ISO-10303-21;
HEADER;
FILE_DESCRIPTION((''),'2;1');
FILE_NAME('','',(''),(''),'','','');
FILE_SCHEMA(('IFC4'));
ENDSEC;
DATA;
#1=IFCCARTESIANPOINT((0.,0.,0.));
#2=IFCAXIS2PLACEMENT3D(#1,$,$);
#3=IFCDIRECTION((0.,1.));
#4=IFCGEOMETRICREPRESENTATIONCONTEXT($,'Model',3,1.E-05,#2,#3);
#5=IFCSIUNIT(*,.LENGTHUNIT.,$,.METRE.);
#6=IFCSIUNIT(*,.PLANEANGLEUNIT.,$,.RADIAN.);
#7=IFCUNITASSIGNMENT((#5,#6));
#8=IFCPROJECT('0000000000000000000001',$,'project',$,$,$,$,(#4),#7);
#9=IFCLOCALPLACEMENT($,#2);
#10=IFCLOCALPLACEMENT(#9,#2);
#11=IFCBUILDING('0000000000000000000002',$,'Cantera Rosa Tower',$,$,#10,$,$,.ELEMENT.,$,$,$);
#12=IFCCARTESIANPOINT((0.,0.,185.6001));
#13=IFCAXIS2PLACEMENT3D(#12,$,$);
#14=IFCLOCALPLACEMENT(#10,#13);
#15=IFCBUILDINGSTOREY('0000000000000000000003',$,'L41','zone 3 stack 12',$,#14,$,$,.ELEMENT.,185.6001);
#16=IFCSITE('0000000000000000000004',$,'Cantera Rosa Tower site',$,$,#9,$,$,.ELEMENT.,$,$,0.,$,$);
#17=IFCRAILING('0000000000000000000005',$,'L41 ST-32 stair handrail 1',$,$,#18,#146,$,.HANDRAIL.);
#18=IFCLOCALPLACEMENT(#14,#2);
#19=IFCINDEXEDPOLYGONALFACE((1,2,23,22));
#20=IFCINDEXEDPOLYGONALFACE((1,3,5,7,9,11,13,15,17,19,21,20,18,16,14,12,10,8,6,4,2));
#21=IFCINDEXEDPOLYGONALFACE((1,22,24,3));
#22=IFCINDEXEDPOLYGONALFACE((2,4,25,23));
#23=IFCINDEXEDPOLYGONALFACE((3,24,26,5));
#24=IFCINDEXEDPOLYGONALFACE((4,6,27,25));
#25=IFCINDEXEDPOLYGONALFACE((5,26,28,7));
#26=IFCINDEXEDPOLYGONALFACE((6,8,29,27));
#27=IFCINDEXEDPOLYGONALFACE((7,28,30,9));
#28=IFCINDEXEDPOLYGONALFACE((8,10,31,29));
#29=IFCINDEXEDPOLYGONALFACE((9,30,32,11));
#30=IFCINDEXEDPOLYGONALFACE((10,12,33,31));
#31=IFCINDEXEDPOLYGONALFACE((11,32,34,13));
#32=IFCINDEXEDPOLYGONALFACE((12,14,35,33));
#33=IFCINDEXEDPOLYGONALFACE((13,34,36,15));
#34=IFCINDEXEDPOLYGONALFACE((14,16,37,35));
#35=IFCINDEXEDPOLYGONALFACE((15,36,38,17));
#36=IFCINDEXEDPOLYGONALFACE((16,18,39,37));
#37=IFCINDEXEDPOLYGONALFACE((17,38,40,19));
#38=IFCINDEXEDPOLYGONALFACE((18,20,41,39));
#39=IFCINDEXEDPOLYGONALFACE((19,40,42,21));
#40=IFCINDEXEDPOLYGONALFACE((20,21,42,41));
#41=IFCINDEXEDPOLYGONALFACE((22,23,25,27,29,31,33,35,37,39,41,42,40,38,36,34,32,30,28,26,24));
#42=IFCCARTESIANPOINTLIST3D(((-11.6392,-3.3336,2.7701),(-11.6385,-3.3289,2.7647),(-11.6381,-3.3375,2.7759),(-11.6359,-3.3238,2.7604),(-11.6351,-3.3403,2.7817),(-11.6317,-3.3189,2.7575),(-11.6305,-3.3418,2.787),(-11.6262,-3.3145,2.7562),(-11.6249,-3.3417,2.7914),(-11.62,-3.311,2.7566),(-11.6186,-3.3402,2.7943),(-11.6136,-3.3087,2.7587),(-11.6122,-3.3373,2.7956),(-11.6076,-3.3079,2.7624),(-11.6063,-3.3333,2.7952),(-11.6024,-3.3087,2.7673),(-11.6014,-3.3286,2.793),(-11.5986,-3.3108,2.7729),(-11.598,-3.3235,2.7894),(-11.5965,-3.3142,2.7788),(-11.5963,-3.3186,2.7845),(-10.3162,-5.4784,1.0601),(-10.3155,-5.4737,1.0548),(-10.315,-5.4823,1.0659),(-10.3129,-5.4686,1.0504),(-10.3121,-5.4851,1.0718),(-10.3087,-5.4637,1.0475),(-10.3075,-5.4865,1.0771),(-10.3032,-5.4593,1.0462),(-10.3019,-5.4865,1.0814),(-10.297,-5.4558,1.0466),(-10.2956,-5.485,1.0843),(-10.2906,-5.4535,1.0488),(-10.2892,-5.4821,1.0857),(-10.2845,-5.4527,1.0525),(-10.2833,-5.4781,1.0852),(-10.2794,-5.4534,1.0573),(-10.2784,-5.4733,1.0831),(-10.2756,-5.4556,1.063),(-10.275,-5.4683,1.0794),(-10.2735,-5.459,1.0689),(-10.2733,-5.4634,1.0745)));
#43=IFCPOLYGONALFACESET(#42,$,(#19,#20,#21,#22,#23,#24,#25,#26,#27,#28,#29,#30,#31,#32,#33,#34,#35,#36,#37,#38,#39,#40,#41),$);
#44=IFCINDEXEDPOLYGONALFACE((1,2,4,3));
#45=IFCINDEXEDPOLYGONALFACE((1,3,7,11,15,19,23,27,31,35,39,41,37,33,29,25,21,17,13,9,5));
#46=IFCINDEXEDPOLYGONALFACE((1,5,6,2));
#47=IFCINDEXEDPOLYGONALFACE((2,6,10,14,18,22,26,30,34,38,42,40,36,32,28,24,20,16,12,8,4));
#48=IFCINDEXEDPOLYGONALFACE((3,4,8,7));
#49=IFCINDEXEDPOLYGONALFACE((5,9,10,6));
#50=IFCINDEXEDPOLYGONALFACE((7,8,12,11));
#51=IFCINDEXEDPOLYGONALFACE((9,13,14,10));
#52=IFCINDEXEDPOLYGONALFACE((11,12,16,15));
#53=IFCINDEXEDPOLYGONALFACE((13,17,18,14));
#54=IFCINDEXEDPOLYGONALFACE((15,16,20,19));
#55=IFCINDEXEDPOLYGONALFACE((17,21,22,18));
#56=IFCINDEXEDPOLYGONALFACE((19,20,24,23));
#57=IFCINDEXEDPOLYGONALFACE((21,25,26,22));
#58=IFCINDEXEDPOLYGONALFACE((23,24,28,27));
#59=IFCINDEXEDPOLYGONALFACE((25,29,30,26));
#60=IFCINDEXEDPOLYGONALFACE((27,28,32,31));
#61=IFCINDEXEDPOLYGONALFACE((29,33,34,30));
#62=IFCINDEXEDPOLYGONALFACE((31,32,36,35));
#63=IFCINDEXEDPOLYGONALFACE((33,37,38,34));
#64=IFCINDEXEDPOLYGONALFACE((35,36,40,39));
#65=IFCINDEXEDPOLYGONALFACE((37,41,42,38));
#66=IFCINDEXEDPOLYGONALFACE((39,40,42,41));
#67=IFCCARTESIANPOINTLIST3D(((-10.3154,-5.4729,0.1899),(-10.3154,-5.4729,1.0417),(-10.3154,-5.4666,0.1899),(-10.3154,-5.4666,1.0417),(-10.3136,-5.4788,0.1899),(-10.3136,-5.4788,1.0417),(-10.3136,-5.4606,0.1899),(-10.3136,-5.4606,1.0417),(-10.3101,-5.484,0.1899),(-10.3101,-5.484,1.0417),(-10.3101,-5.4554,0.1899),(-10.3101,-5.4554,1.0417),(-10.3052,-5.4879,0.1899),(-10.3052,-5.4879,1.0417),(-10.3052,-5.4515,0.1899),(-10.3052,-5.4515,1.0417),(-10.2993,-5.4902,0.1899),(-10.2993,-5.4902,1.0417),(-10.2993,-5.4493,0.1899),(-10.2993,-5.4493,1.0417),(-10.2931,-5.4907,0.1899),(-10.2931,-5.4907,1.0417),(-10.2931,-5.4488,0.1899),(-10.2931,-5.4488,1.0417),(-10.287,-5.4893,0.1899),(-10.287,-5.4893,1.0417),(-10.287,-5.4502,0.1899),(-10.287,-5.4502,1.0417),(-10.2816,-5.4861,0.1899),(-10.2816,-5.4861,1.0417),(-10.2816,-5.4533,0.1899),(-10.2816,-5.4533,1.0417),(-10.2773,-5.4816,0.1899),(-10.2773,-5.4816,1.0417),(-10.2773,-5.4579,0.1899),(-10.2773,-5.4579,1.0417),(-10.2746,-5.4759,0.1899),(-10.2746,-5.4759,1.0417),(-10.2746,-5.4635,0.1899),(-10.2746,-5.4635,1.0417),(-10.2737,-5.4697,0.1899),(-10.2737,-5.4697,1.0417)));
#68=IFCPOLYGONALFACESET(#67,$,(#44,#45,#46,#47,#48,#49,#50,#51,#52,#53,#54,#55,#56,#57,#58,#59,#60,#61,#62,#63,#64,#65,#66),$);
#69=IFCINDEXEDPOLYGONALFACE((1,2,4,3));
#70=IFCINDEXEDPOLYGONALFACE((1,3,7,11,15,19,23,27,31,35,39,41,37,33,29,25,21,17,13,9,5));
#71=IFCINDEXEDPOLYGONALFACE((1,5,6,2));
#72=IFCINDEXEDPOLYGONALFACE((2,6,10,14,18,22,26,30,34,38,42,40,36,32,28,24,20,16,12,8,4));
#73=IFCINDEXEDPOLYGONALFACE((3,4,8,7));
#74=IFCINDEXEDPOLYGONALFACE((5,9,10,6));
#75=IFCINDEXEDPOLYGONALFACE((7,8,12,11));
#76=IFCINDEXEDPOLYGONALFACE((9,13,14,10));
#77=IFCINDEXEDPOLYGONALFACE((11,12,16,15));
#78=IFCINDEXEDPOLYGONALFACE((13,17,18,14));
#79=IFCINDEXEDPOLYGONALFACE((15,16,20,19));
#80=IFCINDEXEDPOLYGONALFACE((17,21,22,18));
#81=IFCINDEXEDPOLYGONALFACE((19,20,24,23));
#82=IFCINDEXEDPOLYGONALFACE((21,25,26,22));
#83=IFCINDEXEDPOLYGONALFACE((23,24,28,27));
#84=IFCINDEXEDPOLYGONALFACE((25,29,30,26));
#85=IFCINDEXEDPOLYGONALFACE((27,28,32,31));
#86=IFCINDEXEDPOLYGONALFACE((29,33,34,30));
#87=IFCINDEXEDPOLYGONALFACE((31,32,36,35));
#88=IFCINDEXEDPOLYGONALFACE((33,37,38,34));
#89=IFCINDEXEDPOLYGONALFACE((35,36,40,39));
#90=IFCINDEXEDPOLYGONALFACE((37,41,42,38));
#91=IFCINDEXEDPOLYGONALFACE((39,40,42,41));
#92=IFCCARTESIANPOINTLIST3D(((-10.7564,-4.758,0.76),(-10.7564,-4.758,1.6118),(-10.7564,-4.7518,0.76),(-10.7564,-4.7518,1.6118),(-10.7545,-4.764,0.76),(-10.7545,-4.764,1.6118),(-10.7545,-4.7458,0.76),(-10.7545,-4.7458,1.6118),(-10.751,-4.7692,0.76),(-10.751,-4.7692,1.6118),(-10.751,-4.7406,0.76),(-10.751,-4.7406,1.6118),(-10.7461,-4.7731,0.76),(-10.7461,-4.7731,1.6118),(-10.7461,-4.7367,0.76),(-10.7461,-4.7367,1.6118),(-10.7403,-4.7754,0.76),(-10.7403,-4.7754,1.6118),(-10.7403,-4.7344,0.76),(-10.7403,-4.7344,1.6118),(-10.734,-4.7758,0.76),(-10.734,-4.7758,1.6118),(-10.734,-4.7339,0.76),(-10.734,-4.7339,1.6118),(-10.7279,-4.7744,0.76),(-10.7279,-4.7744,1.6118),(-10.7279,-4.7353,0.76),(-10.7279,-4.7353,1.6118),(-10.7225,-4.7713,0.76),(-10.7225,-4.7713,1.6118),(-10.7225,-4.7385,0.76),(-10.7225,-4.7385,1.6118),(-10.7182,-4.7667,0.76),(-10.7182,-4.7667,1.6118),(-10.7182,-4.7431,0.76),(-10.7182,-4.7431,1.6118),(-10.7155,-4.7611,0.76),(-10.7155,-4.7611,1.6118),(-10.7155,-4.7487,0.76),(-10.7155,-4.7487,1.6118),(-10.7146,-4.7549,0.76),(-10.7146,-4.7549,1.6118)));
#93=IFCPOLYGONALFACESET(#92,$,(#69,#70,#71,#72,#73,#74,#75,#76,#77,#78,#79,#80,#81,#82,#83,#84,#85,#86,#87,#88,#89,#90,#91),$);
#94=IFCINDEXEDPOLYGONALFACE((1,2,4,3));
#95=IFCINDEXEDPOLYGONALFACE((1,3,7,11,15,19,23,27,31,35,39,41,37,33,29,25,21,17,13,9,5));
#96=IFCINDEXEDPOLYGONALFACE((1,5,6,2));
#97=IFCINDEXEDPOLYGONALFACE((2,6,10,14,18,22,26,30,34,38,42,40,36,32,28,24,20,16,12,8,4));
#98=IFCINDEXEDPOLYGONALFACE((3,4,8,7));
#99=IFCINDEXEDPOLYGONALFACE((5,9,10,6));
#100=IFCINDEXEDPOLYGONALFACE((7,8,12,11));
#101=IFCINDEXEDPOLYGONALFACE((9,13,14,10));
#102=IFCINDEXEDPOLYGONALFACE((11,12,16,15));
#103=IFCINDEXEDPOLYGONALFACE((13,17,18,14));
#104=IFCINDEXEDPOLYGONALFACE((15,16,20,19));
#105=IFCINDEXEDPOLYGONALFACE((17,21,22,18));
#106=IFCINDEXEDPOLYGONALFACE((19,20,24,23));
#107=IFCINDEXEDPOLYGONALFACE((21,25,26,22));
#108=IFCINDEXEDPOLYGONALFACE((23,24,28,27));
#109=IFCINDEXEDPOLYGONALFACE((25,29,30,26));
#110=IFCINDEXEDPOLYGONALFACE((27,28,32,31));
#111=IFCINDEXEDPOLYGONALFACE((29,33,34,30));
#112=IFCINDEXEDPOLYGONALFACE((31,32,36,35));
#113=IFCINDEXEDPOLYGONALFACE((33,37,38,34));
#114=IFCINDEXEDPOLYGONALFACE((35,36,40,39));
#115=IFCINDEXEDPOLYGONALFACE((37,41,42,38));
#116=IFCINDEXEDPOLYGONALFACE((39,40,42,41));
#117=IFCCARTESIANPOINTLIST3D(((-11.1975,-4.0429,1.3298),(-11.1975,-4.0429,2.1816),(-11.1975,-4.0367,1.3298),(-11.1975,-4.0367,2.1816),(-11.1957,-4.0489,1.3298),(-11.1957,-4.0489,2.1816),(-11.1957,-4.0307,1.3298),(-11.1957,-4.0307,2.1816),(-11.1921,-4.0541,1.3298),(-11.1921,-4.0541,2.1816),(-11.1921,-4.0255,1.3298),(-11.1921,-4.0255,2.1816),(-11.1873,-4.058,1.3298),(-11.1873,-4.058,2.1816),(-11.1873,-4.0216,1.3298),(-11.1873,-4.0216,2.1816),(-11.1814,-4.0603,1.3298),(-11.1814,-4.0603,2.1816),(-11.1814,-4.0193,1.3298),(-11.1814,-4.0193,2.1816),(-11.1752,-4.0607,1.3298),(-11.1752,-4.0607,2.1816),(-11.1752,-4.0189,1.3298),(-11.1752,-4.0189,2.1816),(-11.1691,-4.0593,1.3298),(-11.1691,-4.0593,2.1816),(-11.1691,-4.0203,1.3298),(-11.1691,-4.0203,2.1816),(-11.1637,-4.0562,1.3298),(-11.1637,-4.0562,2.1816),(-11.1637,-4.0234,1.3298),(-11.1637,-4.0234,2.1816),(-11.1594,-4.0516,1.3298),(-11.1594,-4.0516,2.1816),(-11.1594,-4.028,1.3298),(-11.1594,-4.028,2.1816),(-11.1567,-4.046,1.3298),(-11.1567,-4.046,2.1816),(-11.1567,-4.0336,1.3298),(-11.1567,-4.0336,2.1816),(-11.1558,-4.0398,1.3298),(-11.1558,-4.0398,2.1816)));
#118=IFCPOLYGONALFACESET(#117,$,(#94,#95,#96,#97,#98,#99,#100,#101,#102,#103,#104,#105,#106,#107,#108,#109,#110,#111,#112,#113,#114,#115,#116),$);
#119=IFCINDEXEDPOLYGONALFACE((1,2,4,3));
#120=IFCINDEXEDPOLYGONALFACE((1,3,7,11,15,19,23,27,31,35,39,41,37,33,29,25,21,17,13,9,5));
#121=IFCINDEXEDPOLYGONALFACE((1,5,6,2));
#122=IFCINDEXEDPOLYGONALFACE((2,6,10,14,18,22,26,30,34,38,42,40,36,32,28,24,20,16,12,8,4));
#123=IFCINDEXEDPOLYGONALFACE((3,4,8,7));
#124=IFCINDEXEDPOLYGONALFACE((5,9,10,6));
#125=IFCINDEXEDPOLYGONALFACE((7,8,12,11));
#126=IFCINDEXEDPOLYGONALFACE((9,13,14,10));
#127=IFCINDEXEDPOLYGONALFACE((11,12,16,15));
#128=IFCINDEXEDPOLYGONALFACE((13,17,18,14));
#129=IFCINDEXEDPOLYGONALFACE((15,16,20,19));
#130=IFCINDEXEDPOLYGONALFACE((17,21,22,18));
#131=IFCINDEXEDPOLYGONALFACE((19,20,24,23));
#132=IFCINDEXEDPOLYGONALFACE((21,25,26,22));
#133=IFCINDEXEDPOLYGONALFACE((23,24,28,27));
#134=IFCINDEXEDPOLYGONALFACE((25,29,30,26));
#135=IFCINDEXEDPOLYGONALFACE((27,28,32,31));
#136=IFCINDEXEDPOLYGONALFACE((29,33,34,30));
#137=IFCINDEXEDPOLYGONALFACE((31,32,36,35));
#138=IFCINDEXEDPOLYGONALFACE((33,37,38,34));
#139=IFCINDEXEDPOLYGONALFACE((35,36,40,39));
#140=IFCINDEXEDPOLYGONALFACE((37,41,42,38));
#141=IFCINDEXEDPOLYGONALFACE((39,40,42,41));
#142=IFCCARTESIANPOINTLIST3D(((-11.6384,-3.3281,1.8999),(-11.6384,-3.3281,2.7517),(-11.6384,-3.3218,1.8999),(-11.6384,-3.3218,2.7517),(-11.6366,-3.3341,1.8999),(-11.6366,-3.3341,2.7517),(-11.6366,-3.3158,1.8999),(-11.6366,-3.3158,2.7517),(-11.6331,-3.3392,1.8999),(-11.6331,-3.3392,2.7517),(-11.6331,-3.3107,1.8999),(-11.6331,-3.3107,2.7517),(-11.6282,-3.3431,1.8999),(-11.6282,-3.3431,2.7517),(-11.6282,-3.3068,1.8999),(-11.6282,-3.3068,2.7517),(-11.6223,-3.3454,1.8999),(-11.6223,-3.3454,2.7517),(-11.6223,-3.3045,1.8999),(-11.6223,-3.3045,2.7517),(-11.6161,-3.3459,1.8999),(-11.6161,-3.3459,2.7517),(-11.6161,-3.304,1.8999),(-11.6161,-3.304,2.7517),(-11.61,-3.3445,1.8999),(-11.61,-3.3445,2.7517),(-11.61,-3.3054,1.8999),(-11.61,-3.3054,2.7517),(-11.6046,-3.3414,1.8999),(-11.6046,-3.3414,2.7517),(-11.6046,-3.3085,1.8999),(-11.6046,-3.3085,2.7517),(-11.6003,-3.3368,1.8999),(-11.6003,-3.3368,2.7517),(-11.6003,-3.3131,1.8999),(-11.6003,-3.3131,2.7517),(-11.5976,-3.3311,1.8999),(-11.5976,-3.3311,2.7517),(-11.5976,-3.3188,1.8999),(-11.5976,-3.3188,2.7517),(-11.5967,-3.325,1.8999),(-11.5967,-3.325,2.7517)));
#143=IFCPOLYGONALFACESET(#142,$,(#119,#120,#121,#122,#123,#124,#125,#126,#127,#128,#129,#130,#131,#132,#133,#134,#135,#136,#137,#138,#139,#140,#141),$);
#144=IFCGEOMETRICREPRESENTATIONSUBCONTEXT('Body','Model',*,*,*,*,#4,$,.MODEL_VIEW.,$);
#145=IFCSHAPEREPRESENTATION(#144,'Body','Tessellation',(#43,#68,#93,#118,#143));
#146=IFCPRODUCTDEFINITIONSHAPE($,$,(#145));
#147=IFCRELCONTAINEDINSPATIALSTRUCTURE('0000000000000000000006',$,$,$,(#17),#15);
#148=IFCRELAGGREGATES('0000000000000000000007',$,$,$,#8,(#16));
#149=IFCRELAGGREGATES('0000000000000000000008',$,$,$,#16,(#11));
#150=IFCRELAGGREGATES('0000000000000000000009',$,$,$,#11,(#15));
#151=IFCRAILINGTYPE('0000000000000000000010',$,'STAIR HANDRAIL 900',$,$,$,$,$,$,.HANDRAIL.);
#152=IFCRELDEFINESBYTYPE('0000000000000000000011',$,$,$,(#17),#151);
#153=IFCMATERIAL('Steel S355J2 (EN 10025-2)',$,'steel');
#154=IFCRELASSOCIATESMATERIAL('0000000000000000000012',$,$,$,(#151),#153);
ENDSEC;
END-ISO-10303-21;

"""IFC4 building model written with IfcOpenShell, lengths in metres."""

from ifc_helpers import new_model, si_unit, direction, frame, origin, origin_2d, place, context, subcontext, project, spatial, circle, extrude, material, type_object, element, save


model = new_model("IFC4")

# Units and contexts
model_context = context("Model", 3, precision=1e-05, world=origin(), true_north=direction((0.0, 1.0)))
body_context = subcontext(model_context, "Body", "Model", "MODEL_VIEW")
ifc_project = project(units=[si_unit("LENGTHUNIT", "METRE"), si_unit("PLANEANGLEUNIT", "RADIAN")], contexts=[model_context])

# Site, building, storey
site_placement = place(None, origin())
site = spatial("IfcSite", under=ifc_project, at=site_placement, Name="Cantera Rosa Tower site", CompositionType="ELEMENT", RefElevation=0.0)
building_placement = place(site_placement, origin())
building = spatial("IfcBuilding", under=site, at=building_placement, Name="Cantera Rosa Tower", CompositionType="ELEMENT")
storey_placement = place(building_placement, frame((0.0, 0.0, 185.6001)))
storey = spatial("IfcBuildingStorey", under=building, at=storey_placement, Name="L41", Description="zone 3 stack 12", CompositionType="ELEMENT", Elevation=185.6001)

# Railing
ifc_material_1 = material(Name="Steel S355J2 (EN 10025-2)", Category="steel")
railing_type_1 = type_object("IfcRailingType", Name="STAIR HANDRAIL 900", PredefinedType="HANDRAIL", material=ifc_material_1)
railing_1_placement = place(storey_placement, frame((-10.2947, -5.4697, 0.1899)))
element("IfcRailing", 1, at=railing_1_placement, inside=storey, type_object=railing_type_1, Name="L41 ST-32 stair handrail 1", PredefinedType="HANDRAIL", context=body_context, shape_type="SweptSolid", body=[
    extrude(circle(Radius=0.0239, at=origin_2d()), frame((0.0, 0.0, 0.876), z_axis=(-0.434428, 0.704271, 0.561493), x_axis=(-0.851102, -0.525, 0.0)), (0.0, 0.0, 1.0), 3.0454),
    extrude(circle(Radius=0.021, at=origin_2d()), origin(), (0.0, 0.0, 1.0), 0.8518),
    extrude(circle(Radius=0.021, at=origin_2d()), frame((-0.4409, 0.7148, 0.5701)), (0.0, 0.0, 1.0), 0.8518),
    extrude(circle(Radius=0.021, at=origin_2d()), frame((-0.8821, 1.4299, 1.1399)), (0.0, 0.0, 1.0), 0.8518),
    extrude(circle(Radius=0.021, at=origin_2d()), frame((-1.323, 2.1448, 1.71)), (0.0, 0.0, 1.0), 0.8518),
])

save(model, "model.ifc")
